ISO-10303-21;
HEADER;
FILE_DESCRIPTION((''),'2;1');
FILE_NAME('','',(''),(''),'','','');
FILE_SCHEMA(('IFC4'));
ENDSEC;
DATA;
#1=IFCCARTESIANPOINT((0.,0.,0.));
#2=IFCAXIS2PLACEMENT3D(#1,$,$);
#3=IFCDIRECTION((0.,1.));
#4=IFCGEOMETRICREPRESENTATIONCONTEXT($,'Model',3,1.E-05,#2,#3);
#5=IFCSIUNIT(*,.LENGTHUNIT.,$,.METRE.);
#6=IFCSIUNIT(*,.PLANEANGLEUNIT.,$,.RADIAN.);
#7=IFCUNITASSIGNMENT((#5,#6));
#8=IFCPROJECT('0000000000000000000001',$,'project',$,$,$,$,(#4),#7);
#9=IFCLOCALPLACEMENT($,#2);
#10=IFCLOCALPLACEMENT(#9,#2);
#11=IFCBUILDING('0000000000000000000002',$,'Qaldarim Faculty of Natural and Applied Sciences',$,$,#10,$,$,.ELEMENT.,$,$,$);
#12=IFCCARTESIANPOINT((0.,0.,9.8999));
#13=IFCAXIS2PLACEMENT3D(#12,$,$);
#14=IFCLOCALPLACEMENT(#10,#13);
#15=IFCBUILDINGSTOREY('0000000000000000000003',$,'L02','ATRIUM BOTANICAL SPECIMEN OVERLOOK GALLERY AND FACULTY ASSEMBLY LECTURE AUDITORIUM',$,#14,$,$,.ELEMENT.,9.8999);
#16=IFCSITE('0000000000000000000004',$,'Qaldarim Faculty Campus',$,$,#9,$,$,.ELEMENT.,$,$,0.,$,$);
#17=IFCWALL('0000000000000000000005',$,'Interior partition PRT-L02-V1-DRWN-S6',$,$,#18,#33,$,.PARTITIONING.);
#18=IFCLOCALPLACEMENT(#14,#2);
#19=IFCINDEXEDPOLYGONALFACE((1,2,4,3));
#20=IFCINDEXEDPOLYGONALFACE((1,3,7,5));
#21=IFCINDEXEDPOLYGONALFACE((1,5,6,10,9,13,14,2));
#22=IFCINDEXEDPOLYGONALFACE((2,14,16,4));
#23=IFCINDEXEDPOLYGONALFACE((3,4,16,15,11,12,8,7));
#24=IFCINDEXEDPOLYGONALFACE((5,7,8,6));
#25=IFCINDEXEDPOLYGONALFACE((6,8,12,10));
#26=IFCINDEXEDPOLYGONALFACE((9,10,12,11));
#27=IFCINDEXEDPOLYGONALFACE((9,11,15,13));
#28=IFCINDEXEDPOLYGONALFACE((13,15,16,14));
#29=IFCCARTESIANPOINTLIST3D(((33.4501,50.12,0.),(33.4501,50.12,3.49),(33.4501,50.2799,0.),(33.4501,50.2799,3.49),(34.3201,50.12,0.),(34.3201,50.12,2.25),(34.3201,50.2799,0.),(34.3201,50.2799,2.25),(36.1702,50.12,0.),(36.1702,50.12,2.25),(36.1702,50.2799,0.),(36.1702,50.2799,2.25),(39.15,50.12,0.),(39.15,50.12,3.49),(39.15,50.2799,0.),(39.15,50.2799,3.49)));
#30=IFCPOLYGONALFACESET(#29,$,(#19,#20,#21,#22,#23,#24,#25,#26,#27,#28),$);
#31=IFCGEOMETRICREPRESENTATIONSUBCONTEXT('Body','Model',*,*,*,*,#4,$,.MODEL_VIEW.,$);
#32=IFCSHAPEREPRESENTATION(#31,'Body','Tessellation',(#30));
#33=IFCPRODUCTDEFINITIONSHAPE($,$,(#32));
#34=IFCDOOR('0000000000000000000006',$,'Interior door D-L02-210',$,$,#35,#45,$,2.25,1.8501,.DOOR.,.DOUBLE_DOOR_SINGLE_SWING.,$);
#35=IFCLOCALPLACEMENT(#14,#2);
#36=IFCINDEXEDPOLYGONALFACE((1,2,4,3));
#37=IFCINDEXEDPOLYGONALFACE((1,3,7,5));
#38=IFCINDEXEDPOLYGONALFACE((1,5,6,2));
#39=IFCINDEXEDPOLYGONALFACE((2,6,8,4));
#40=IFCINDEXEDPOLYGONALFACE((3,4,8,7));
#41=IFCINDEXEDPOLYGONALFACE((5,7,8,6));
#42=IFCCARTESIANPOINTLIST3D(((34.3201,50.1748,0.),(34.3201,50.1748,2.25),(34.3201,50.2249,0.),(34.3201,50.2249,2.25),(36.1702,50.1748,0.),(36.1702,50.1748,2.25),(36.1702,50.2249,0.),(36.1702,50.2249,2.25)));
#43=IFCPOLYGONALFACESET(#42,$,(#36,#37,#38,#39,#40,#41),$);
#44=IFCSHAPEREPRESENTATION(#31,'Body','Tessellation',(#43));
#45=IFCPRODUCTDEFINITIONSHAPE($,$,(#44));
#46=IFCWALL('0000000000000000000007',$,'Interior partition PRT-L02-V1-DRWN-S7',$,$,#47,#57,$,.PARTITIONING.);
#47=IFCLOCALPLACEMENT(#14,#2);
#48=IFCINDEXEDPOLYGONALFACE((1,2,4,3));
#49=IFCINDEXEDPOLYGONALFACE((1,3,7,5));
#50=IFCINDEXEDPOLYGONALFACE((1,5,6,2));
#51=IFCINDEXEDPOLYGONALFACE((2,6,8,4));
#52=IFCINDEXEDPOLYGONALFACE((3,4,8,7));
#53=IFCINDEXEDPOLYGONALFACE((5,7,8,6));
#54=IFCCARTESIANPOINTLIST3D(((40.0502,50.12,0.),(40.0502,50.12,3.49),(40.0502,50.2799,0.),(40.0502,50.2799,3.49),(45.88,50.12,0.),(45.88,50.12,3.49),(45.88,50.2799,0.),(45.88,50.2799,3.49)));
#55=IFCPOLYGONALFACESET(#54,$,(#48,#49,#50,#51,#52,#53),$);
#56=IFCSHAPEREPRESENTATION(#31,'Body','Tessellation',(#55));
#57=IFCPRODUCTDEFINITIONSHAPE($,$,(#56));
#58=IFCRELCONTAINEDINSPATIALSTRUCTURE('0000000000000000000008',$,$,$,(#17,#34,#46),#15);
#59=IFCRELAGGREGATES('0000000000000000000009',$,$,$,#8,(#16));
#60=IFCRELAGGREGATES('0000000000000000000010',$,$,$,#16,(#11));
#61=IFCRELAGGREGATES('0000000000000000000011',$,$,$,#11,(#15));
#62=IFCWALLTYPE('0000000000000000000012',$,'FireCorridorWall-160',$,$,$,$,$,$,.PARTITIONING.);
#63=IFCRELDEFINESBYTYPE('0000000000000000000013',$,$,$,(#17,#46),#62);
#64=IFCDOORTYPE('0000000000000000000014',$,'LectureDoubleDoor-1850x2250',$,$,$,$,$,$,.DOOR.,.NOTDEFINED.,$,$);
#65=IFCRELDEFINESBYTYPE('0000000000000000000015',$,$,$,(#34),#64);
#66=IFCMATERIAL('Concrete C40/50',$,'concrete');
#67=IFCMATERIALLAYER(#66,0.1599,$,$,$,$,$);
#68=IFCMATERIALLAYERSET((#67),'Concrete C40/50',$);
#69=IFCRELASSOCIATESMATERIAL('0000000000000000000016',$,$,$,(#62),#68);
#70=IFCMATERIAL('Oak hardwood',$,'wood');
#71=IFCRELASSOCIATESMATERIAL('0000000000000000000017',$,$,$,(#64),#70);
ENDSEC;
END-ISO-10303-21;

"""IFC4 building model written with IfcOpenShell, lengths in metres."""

from ifc_helpers import new_model, si_unit, direction, frame, frame_2d, origin, place, context, subcontext, project, spatial, rectangle, extrude, material, layer, layer_set, type_object, element, fill, save


model = new_model("IFC4")

# Units and contexts
model_context = context("Model", 3, precision=1e-05, world=origin(), true_north=direction((0.0, 1.0)))
body_context = subcontext(model_context, "Body", "Model", "MODEL_VIEW")
ifc_project = project(units=[si_unit("LENGTHUNIT", "METRE"), si_unit("PLANEANGLEUNIT", "RADIAN")], contexts=[model_context])

# Site, building, storey
site_placement = place(None, origin())
site = spatial("IfcSite", under=ifc_project, at=site_placement, Name="Qaldarim Faculty Campus", CompositionType="ELEMENT", RefElevation=0.0)
building_placement = place(site_placement, origin())
building = spatial("IfcBuilding", under=site, at=building_placement, Name="Qaldarim Faculty of Natural and Applied Sciences", CompositionType="ELEMENT")
storey_placement = place(building_placement, frame((0.0, 0.0, 9.8999)))
storey = spatial("IfcBuildingStorey", under=building, at=storey_placement, Name="L02", Description="ATRIUM BOTANICAL SPECIMEN OVERLOOK GALLERY AND FACULTY ASSEMBLY LECTURE AUDITORIUM", CompositionType="ELEMENT", Elevation=9.8999)

# Shared definitions
ifc_material_1 = material(Name="Concrete C40/50", Category="concrete")

# Shared definitions
ifc_layer_1 = layer(ifc_material_1, 0.1599)
ifc_layer_set_1 = layer_set([ifc_layer_1], Name="Concrete C40/50")
wall_type_1 = type_object("IfcWallType", Name="FireCorridorWall-160", PredefinedType="PARTITIONING", material=ifc_layer_set_1)
ifc_material_2 = material(Name="Oak hardwood", Category="wood")

# Wall, opening, door
wall_1_placement = place(storey_placement, frame((33.45, 50.2, 0.0), z_axis=(0.0, 0.0, 1.0), x_axis=(1.0, 0.0, 0.0)))
wall_1 = element("IfcWall", 1, at=wall_1_placement, inside=storey, type_object=wall_type_1, Name="Interior partition PRT-L02-V1-DRWN-S6", PredefinedType="PARTITIONING", context=body_context, shape_type="SweptSolid", body=[
    extrude(rectangle(XDim=5.7, YDim=0.1599, at=frame_2d((2.8501, 0.0))), origin(), (0.0, 0.0, 1.0), 3.49),
])
opening_1_placement = place(wall_1_placement, frame((0.8701, 0.0, 0.0)))
opening_1 = element("IfcOpeningElement", 2, at=opening_1_placement, cuts=wall_1, PredefinedType="OPENING", context=body_context, shape_type="SweptSolid", body=[
    extrude(rectangle(XDim=1.8501, YDim=2.25, at=frame_2d((0.925, 1.125))), frame((0.0, 0.0898, 0.0), z_axis=(0.0, -1.0, 0.0), x_axis=(1.0, 0.0, 0.0)), (0.0, 0.0, 1.0), 0.1799),
])
door_type_1 = type_object("IfcDoorType", Name="LectureDoubleDoor-1850x2250", OperationType="NOTDEFINED", PredefinedType="DOOR", material=ifc_material_2)
door_1_placement = place(opening_1_placement, origin())
door_1 = element("IfcDoor", 3, at=door_1_placement, inside=storey, type_object=door_type_1, Name="Interior door D-L02-210", OperationType="DOUBLE_DOOR_SINGLE_SWING", OverallHeight=2.25, OverallWidth=1.8501, PredefinedType="DOOR", context=body_context, shape_type="SweptSolid", body=[
    extrude(rectangle(XDim=1.8501, YDim=2.25, at=frame_2d((0.925, 1.125))), frame((0.0, 0.0249, 0.0), z_axis=(0.0, -1.0, 0.0), x_axis=(1.0, 0.0, 0.0)), (0.0, 0.0, 1.0), 0.05),
])
fill(opening_1, door_1)

# Wall
wall_2_placement = place(storey_placement, frame((40.05, 50.2, 0.0), z_axis=(0.0, 0.0, 1.0), x_axis=(1.0, 0.0, 0.0)))
element("IfcWall", 4, at=wall_2_placement, inside=storey, type_object=wall_type_1, Name="Interior partition PRT-L02-V1-DRWN-S7", PredefinedType="PARTITIONING", context=body_context, shape_type="SweptSolid", body=[
    extrude(rectangle(XDim=5.8298, YDim=0.1599, at=frame_2d((2.915, 0.0))), origin(), (0.0, 0.0, 1.0), 3.49),
])

save(model, "model.ifc")
